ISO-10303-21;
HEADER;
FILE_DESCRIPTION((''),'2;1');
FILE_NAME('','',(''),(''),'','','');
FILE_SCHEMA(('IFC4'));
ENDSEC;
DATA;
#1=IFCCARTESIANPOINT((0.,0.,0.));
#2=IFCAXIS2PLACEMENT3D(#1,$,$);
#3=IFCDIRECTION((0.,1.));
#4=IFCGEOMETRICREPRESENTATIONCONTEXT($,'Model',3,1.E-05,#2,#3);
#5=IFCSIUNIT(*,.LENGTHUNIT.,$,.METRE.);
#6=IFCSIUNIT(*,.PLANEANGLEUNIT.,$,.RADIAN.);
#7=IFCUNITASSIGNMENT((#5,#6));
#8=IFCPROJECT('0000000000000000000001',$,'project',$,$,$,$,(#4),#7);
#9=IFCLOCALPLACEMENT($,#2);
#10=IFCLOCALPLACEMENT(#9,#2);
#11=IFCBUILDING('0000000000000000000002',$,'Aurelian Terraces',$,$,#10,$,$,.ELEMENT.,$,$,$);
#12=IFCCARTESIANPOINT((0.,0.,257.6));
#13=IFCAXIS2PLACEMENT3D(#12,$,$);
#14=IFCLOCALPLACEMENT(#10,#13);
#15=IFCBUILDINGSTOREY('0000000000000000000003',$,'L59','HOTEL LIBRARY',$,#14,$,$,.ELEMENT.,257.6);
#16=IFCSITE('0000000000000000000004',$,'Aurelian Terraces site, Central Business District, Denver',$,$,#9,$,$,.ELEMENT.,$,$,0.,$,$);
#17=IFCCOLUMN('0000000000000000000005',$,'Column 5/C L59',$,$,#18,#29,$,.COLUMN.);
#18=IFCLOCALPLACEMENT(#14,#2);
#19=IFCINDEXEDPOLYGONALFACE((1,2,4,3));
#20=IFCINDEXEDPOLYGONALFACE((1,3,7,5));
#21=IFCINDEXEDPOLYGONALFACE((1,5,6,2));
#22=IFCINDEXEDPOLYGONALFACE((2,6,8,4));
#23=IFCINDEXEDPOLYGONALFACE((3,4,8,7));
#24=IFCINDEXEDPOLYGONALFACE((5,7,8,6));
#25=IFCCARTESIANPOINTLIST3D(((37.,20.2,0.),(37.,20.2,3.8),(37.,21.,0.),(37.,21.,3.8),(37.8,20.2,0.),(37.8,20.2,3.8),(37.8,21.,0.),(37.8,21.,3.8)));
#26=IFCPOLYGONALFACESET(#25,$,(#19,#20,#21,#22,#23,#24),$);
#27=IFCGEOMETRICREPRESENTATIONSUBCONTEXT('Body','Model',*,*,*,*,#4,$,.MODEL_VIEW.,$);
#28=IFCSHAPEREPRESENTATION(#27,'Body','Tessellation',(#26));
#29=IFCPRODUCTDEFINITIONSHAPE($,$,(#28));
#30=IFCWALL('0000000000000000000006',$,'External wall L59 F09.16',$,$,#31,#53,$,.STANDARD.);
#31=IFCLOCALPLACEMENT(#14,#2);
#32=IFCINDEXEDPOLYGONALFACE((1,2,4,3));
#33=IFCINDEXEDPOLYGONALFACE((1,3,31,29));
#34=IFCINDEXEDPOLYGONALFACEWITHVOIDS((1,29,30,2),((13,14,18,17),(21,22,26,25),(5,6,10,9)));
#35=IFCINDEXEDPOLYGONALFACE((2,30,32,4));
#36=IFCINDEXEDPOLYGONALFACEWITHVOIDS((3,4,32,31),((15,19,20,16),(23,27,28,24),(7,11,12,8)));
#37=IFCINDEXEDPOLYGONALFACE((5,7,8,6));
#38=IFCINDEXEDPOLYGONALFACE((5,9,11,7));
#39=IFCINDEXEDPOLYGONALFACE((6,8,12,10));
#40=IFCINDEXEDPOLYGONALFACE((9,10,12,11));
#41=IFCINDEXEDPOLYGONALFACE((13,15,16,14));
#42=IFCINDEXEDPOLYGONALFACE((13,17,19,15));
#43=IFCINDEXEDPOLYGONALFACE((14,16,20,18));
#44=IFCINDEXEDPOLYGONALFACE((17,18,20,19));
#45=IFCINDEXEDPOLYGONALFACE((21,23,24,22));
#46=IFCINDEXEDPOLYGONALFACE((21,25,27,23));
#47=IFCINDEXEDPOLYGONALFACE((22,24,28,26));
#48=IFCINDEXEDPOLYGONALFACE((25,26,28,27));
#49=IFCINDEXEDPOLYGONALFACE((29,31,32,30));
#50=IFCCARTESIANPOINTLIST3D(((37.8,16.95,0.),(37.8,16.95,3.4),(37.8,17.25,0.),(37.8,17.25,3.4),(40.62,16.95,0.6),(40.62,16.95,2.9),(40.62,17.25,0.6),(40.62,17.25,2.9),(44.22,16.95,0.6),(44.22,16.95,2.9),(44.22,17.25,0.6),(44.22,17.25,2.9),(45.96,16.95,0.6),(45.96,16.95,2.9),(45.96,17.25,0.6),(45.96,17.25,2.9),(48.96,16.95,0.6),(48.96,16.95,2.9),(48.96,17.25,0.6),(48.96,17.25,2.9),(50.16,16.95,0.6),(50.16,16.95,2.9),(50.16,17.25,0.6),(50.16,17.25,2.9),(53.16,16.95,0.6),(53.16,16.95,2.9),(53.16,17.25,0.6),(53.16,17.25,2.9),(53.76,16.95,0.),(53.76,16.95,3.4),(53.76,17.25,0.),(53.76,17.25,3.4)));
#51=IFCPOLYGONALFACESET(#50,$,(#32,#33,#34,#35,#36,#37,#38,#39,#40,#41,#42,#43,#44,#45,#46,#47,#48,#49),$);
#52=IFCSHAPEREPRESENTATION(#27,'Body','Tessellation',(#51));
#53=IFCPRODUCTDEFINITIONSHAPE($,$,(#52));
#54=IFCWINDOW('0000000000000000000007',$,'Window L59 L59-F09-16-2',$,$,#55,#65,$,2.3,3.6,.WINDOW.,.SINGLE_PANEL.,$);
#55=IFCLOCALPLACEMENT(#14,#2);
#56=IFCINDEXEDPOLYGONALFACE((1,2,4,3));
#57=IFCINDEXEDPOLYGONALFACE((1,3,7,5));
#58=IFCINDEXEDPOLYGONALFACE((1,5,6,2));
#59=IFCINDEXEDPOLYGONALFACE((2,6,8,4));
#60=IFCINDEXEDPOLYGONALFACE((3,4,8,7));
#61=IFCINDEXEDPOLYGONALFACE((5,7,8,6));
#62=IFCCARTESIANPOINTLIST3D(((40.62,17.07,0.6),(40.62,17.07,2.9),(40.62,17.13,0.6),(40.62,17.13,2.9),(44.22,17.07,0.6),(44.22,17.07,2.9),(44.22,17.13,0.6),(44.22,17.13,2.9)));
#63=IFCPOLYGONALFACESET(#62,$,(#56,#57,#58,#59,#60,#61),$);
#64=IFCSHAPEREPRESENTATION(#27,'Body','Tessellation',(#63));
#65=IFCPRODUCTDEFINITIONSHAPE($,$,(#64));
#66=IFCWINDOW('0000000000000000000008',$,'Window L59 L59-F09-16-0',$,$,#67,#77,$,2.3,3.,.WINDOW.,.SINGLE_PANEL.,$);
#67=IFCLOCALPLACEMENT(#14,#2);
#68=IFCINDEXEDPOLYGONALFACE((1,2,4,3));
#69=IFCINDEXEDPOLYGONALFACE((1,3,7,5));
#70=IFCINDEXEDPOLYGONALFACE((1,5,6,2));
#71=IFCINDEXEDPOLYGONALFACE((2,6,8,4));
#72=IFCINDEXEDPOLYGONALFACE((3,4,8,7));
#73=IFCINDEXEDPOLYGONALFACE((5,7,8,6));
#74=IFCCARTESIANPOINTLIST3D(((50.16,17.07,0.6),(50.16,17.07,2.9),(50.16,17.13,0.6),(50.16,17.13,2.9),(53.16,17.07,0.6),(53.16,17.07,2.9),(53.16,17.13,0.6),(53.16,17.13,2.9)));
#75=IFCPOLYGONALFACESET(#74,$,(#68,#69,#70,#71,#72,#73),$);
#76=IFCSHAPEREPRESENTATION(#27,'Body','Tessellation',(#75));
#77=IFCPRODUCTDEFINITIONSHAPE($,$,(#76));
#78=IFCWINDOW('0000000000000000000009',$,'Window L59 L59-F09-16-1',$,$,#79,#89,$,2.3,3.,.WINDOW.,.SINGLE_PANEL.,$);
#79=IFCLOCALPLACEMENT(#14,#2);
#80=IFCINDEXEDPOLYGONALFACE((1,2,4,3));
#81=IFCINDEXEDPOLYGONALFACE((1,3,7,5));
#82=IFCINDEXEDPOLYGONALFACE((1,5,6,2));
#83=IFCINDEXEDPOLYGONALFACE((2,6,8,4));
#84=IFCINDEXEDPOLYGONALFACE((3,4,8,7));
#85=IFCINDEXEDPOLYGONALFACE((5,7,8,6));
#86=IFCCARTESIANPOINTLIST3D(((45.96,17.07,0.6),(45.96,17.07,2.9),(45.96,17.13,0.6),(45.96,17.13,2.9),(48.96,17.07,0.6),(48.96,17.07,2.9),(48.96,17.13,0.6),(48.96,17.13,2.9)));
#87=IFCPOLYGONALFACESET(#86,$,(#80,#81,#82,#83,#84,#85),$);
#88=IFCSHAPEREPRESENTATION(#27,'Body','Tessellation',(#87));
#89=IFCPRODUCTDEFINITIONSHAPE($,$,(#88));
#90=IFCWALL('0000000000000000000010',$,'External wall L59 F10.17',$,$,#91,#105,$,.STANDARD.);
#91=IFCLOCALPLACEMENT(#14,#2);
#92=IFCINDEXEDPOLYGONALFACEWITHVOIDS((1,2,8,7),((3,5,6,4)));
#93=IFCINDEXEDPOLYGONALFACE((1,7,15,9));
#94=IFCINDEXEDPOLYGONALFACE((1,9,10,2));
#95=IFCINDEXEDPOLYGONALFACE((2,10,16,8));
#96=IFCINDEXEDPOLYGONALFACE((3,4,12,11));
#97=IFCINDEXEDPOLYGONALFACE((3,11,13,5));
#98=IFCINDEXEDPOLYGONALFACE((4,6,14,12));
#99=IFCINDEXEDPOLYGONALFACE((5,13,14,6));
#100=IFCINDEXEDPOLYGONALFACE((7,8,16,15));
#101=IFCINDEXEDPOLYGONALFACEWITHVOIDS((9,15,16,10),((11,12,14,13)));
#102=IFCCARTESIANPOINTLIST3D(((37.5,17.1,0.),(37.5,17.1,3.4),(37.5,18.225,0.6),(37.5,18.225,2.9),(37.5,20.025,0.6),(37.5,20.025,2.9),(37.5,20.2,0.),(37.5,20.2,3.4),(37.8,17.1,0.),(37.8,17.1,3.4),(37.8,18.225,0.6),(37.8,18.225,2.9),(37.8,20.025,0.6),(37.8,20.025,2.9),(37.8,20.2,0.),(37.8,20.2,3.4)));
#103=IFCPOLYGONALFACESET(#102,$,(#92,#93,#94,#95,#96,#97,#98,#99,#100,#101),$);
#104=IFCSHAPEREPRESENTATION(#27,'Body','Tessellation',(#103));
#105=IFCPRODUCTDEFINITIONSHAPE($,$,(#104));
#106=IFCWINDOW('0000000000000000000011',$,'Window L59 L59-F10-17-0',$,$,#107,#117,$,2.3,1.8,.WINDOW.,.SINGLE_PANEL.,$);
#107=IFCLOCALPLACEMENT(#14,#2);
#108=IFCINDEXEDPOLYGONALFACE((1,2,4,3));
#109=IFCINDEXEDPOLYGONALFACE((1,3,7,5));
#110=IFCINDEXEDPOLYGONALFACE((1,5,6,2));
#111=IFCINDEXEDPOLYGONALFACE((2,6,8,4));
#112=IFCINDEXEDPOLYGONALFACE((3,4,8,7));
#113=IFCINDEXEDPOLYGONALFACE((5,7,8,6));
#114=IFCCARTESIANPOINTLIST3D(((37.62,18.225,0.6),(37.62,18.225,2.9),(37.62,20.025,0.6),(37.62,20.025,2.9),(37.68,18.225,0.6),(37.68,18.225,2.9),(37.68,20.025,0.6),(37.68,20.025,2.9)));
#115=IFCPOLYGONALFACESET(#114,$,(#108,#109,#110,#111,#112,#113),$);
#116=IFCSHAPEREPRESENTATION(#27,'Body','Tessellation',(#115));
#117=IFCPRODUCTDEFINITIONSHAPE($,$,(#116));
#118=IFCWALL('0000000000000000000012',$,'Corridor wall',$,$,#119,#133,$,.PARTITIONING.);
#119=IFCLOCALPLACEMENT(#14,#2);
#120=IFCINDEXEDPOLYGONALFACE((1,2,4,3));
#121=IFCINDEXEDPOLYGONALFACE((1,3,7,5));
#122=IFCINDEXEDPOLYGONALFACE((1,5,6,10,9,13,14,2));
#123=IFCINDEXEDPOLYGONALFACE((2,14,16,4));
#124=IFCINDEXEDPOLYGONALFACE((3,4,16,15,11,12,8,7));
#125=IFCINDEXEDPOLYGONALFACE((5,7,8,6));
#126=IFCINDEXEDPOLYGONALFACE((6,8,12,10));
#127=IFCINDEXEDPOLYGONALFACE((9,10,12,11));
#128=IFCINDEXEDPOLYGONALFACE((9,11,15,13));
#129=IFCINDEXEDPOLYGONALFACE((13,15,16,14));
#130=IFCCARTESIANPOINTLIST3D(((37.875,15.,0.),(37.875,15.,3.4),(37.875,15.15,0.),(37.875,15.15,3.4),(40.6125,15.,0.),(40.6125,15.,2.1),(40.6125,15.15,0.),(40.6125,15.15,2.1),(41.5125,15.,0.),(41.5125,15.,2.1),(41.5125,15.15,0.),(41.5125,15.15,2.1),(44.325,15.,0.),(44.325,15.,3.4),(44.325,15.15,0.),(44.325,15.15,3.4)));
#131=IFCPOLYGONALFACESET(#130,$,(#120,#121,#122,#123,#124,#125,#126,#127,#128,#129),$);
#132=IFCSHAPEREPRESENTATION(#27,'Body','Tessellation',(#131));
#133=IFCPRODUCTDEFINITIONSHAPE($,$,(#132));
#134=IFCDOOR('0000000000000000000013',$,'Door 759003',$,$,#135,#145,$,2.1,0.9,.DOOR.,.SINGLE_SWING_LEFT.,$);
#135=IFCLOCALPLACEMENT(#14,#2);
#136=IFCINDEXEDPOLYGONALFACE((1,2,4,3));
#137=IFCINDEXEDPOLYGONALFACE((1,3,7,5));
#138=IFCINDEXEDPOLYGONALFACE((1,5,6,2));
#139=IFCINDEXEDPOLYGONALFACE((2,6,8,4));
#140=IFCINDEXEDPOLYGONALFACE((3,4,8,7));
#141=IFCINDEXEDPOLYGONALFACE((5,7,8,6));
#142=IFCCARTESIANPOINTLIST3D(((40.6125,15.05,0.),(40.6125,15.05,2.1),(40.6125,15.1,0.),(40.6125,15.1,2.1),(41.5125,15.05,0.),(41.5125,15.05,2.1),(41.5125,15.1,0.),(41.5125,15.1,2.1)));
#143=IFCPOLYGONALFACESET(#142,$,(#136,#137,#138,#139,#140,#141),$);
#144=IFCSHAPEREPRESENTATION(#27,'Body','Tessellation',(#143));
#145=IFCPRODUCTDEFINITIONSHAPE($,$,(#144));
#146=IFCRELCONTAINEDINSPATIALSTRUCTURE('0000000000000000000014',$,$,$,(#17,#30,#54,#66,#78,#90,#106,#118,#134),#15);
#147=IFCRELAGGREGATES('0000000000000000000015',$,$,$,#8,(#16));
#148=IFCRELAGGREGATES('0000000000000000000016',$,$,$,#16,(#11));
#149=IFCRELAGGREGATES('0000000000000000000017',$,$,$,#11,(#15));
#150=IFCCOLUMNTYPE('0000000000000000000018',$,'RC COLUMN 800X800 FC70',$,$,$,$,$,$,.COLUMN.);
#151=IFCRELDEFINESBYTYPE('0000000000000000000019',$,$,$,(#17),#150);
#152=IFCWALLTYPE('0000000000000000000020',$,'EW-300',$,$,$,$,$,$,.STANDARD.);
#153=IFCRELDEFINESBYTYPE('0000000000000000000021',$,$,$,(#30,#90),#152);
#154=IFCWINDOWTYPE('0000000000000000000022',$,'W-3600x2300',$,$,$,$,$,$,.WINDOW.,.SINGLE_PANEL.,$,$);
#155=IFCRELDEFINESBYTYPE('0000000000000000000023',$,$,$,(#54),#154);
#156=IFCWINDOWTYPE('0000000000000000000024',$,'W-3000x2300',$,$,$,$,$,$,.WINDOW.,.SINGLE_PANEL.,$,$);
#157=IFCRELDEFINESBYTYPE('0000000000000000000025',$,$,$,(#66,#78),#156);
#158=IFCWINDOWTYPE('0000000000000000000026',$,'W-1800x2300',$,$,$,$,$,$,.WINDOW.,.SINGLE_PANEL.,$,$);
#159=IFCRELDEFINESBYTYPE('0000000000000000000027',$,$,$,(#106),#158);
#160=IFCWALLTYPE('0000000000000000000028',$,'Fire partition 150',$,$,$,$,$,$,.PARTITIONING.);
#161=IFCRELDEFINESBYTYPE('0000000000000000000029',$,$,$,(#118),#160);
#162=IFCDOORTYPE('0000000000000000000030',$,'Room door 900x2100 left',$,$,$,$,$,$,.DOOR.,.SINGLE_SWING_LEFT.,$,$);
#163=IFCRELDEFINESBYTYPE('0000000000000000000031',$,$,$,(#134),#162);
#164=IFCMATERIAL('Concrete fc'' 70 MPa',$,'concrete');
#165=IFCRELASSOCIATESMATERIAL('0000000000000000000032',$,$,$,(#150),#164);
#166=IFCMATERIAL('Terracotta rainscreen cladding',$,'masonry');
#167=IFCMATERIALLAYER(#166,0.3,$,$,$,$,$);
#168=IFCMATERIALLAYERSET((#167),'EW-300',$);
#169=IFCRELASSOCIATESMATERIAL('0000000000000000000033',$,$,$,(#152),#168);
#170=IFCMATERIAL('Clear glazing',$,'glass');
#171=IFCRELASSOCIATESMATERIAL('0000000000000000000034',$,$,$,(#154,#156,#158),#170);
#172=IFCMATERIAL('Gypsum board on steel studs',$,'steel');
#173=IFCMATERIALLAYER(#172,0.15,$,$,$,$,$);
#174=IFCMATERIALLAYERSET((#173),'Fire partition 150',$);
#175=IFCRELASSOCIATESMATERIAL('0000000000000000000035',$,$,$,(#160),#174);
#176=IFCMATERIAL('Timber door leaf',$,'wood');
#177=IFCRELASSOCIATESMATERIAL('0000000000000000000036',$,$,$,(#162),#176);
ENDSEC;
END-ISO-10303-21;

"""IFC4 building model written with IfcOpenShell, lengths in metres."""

from ifc_helpers import new_model, si_unit, direction, frame, frame_2d, origin, origin_2d, place, context, subcontext, project, spatial, rectangle, extrude, source, transform, mapped, material, layer, layer_set, material_profile, profile_set, type_object, element, fill, save


model = new_model("IFC4")

# Units and contexts
model_context = context("Model", 3, precision=1e-05, world=origin(), true_north=direction((0.0, 1.0)))
body_context = subcontext(model_context, "Body", "Model", "MODEL_VIEW")
ifc_project = project(units=[si_unit("LENGTHUNIT", "METRE"), si_unit("PLANEANGLEUNIT", "RADIAN")], contexts=[model_context])

# Site, building, storey
site_placement = place(None, origin())
site = spatial("IfcSite", under=ifc_project, at=site_placement, Name="Aurelian Terraces site, Central Business District, Denver", CompositionType="ELEMENT", RefElevation=0.0)
building_placement = place(site_placement, origin())
building = spatial("IfcBuilding", under=site, at=building_placement, Name="Aurelian Terraces", CompositionType="ELEMENT")
storey_placement = place(building_placement, frame((0.0, 0.0, 257.6)))
storey = spatial("IfcBuildingStorey", under=building, at=storey_placement, Name="L59", Description="HOTEL LIBRARY", CompositionType="ELEMENT", Elevation=257.6)

# Column
ifc_material_1 = material(Name="Concrete fc' 70 MPa", Category="concrete")
ifc_material_profile = material_profile(ifc_material_1, rectangle(XDim=0.8, YDim=0.8, at=origin_2d()))
ifc_profile_set = profile_set([ifc_material_profile], Name="Concrete fc' 70 MPa")
column_type = type_object("IfcColumnType", Name="RC COLUMN 800X800 FC70", PredefinedType="COLUMN", material=ifc_profile_set)
shared_shape_1 = source(origin(), body_context, "Body", "SweptSolid", [
    extrude(rectangle(XDim=0.8, YDim=0.8, at=origin_2d()), origin(), (0.0, 0.0, 1.0), 3.8),
])
column_placement = place(storey_placement, frame((37.4, 20.6, 0.0), z_axis=(0.0, 0.0, 1.0), x_axis=(1.0, 0.0, 0.0)))
element("IfcColumn", 1, at=column_placement, inside=storey, type_object=column_type, Name="Column 5/C L59", PredefinedType="COLUMN", context=body_context, shape_type="MappedRepresentation", body=[
    mapped(shared_shape_1, transform((0.0, 0.0, 0.0), scale=1.0)),
])

# Wall, openings, windows
ifc_material_2 = material(Name="Terracotta rainscreen cladding", Category="masonry")
ifc_layer_1 = layer(ifc_material_2, 0.3)
ifc_layer_set_1 = layer_set([ifc_layer_1], Name="EW-300")
wall_type_1 = type_object("IfcWallType", Name="EW-300", PredefinedType="STANDARD", material=ifc_layer_set_1)
shared_shape_2 = source(origin(), body_context, "Body", "SweptSolid", [
    extrude(rectangle(XDim=15.96, YDim=0.3, at=frame_2d((7.98, 0.0))), origin(), (0.0, 0.0, 1.0), 3.4),
])
wall_1_placement = place(storey_placement, frame((53.76, 17.1, 0.0), z_axis=(0.0, 0.0, 1.0), x_axis=(-1.0, 0.0, 0.0)))
wall_1 = element("IfcWall", 2, at=wall_1_placement, inside=storey, type_object=wall_type_1, Name="External wall L59 F09.16", PredefinedType="STANDARD", context=body_context, shape_type="MappedRepresentation", body=[
    mapped(shared_shape_2, transform((0.0, 0.0, 0.0), scale=1.0)),
])
shared_shape_3 = source(origin(), body_context, "Body", "SweptSolid", [
    extrude(rectangle(XDim=3.0, YDim=2.3, at=frame_2d((1.5, 1.15))), frame((0.0, 0.16, 0.0), z_axis=(0.0, -1.0, 0.0), x_axis=(1.0, 0.0, 0.0)), (0.0, 0.0, 1.0), 0.32),
])
opening_1_placement = place(wall_1_placement, frame((0.6, 0.0, 0.6)))
opening_1 = element("IfcOpeningElement", 3, at=opening_1_placement, cuts=wall_1, PredefinedType="OPENING", context=body_context, shape_type="MappedRepresentation", body=[
    mapped(shared_shape_3, transform((0.0, 0.0, 0.0), scale=1.0)),
])
opening_2_placement = place(wall_1_placement, frame((4.8, 0.0, 0.6)))
opening_2 = element("IfcOpeningElement", 4, at=opening_2_placement, cuts=wall_1, PredefinedType="OPENING", context=body_context, shape_type="MappedRepresentation", body=[
    mapped(shared_shape_3, transform((0.0, 0.0, 0.0), scale=1.0)),
])
shared_shape_4 = source(origin(), body_context, "Body", "SweptSolid", [
    extrude(rectangle(XDim=3.6, YDim=2.3, at=frame_2d((1.8, 1.15))), frame((0.0, 0.16, 0.0), z_axis=(0.0, -1.0, 0.0), x_axis=(1.0, 0.0, 0.0)), (0.0, 0.0, 1.0), 0.32),
])
opening_3_placement = place(wall_1_placement, frame((9.54, 0.0, 0.6)))
opening_3 = element("IfcOpeningElement", 5, at=opening_3_placement, cuts=wall_1, PredefinedType="OPENING", context=body_context, shape_type="MappedRepresentation", body=[
    mapped(shared_shape_4, transform((0.0, 0.0, 0.0), scale=1.0)),
])
ifc_material_3 = material(Name="Clear glazing", Category="glass")
window_type_1 = type_object("IfcWindowType", Name="W-3600x2300", PartitioningType="SINGLE_PANEL", PredefinedType="WINDOW", material=ifc_material_3)
shared_shape_5 = source(origin(), body_context, "Body", "SweptSolid", [
    extrude(rectangle(XDim=3.6, YDim=2.3, at=frame_2d((1.8, 1.15))), frame((0.0, 0.03, 0.0), z_axis=(0.0, -1.0, 0.0), x_axis=(1.0, 0.0, 0.0)), (0.0, 0.0, 1.0), 0.06),
])
window_1_placement = place(opening_3_placement, origin())
window_1 = element("IfcWindow", 6, at=window_1_placement, inside=storey, type_object=window_type_1, Name="Window L59 L59-F09-16-2", OverallHeight=2.3, OverallWidth=3.6, PartitioningType="SINGLE_PANEL", PredefinedType="WINDOW", context=body_context, shape_type="MappedRepresentation", body=[
    mapped(shared_shape_5, transform((0.0, 0.0, 0.0), scale=1.0)),
])
fill(opening_3, window_1)
window_type_2 = type_object("IfcWindowType", Name="W-3000x2300", PartitioningType="SINGLE_PANEL", PredefinedType="WINDOW", material=ifc_material_3)
shared_shape_6 = source(origin(), body_context, "Body", "SweptSolid", [
    extrude(rectangle(XDim=3.0, YDim=2.3, at=frame_2d((1.5, 1.15))), frame((0.0, 0.03, 0.0), z_axis=(0.0, -1.0, 0.0), x_axis=(1.0, 0.0, 0.0)), (0.0, 0.0, 1.0), 0.06),
])
window_2_placement = place(opening_1_placement, origin())
window_2 = element("IfcWindow", 7, at=window_2_placement, inside=storey, type_object=window_type_2, Name="Window L59 L59-F09-16-0", OverallHeight=2.3, OverallWidth=3.0, PartitioningType="SINGLE_PANEL", PredefinedType="WINDOW", context=body_context, shape_type="MappedRepresentation", body=[
    mapped(shared_shape_6, transform((0.0, 0.0, 0.0), scale=1.0)),
])
fill(opening_1, window_2)
window_3_placement = place(opening_2_placement, origin())
window_3 = element("IfcWindow", 8, at=window_3_placement, inside=storey, type_object=window_type_2, Name="Window L59 L59-F09-16-1", OverallHeight=2.3, OverallWidth=3.0, PartitioningType="SINGLE_PANEL", PredefinedType="WINDOW", context=body_context, shape_type="MappedRepresentation", body=[
    mapped(shared_shape_6, transform((0.0, 0.0, 0.0), scale=1.0)),
])
fill(opening_2, window_3)

# Wall, opening, window
shared_shape_7 = source(origin(), body_context, "Body", "SweptSolid", [
    extrude(rectangle(XDim=3.1, YDim=0.3, at=frame_2d((1.55, 0.0))), origin(), (0.0, 0.0, 1.0), 3.4),
])
wall_2_placement = place(storey_placement, frame((37.65, 17.1, 0.0), z_axis=(0.0, 0.0, 1.0), x_axis=(0.0, 1.0, 0.0)))
wall_2 = element("IfcWall", 9, at=wall_2_placement, inside=storey, type_object=wall_type_1, Name="External wall L59 F10.17", PredefinedType="STANDARD", context=body_context, shape_type="MappedRepresentation", body=[
    mapped(shared_shape_7, transform((0.0, 0.0, 0.0), scale=1.0)),
])
shared_shape_8 = source(origin(), body_context, "Body", "SweptSolid", [
    extrude(rectangle(XDim=1.8, YDim=2.3, at=frame_2d((0.9, 1.15))), frame((0.0, 0.16, 0.0), z_axis=(0.0, -1.0, 0.0), x_axis=(1.0, 0.0, 0.0)), (0.0, 0.0, 1.0), 0.32),
])
opening_4_placement = place(wall_2_placement, frame((1.125, 0.0, 0.6)))
opening_4 = element("IfcOpeningElement", 10, at=opening_4_placement, cuts=wall_2, PredefinedType="OPENING", context=body_context, shape_type="MappedRepresentation", body=[
    mapped(shared_shape_8, transform((0.0, 0.0, 0.0), scale=1.0)),
])
window_type_3 = type_object("IfcWindowType", Name="W-1800x2300", PartitioningType="SINGLE_PANEL", PredefinedType="WINDOW", material=ifc_material_3)
shared_shape_9 = source(origin(), body_context, "Body", "SweptSolid", [
    extrude(rectangle(XDim=1.8, YDim=2.3, at=frame_2d((0.9, 1.15))), frame((0.0, 0.03, 0.0), z_axis=(0.0, -1.0, 0.0), x_axis=(1.0, 0.0, 0.0)), (0.0, 0.0, 1.0), 0.06),
])
window_4_placement = place(opening_4_placement, origin())
window_4 = element("IfcWindow", 11, at=window_4_placement, inside=storey, type_object=window_type_3, Name="Window L59 L59-F10-17-0", OverallHeight=2.3, OverallWidth=1.8, PartitioningType="SINGLE_PANEL", PredefinedType="WINDOW", context=body_context, shape_type="MappedRepresentation", body=[
    mapped(shared_shape_9, transform((0.0, 0.0, 0.0), scale=1.0)),
])
fill(opening_4, window_4)

# Wall, opening, door
ifc_material_4 = material(Name="Gypsum board on steel studs", Category="steel")
ifc_layer_2 = layer(ifc_material_4, 0.15)
ifc_layer_set_2 = layer_set([ifc_layer_2], Name="Fire partition 150")
wall_type_2 = type_object("IfcWallType", Name="Fire partition 150", PredefinedType="PARTITIONING", material=ifc_layer_set_2)
shared_shape_10 = source(origin(), body_context, "Body", "SweptSolid", [
    extrude(rectangle(XDim=6.45, YDim=0.15, at=frame_2d((3.225, 0.0))), origin(), (0.0, 0.0, 1.0), 3.4),
])
wall_3_placement = place(storey_placement, frame((44.325, 15.075, 0.0), z_axis=(0.0, 0.0, 1.0), x_axis=(-1.0, 0.0, 0.0)))
wall_3 = element("IfcWall", 12, at=wall_3_placement, inside=storey, type_object=wall_type_2, Name="Corridor wall", PredefinedType="PARTITIONING", context=body_context, shape_type="MappedRepresentation", body=[
    mapped(shared_shape_10, transform((0.0, 0.0, 0.0), scale=1.0)),
])
shared_shape_11 = source(origin(), body_context, "Body", "SweptSolid", [
    extrude(rectangle(XDim=0.9, YDim=2.1, at=frame_2d((0.45, 1.05))), frame((0.0, 0.085, 0.0), z_axis=(0.0, -1.0, 0.0), x_axis=(1.0, 0.0, 0.0)), (0.0, 0.0, 1.0), 0.17),
])
opening_5_placement = place(wall_3_placement, frame((2.8125, 0.0, 0.0)))
opening_5 = element("IfcOpeningElement", 13, at=opening_5_placement, cuts=wall_3, PredefinedType="OPENING", context=body_context, shape_type="MappedRepresentation", body=[
    mapped(shared_shape_11, transform((0.0, 0.0, 0.0), scale=1.0)),
])
ifc_material_5 = material(Name="Timber door leaf", Category="wood")
door_type_1 = type_object("IfcDoorType", Name="Room door 900x2100 left", OperationType="SINGLE_SWING_LEFT", PredefinedType="DOOR", material=ifc_material_5)
shared_shape_12 = source(origin(), body_context, "Body", "SweptSolid", [
    extrude(rectangle(XDim=0.9, YDim=2.1, at=frame_2d((0.45, 1.05))), frame((0.0, 0.025, 0.0), z_axis=(0.0, -1.0, 0.0), x_axis=(1.0, 0.0, 0.0)), (0.0, 0.0, 1.0), 0.05),
])
door_1_placement = place(opening_5_placement, origin())
door_1 = element("IfcDoor", 14, at=door_1_placement, inside=storey, type_object=door_type_1, Name="Door 759003", OperationType="SINGLE_SWING_LEFT", OverallHeight=2.1, OverallWidth=0.9, PredefinedType="DOOR", context=body_context, shape_type="MappedRepresentation", body=[
    mapped(shared_shape_12, transform((0.0, 0.0, 0.0), scale=1.0)),
])
fill(opening_5, door_1)

save(model, "model.ifc")
